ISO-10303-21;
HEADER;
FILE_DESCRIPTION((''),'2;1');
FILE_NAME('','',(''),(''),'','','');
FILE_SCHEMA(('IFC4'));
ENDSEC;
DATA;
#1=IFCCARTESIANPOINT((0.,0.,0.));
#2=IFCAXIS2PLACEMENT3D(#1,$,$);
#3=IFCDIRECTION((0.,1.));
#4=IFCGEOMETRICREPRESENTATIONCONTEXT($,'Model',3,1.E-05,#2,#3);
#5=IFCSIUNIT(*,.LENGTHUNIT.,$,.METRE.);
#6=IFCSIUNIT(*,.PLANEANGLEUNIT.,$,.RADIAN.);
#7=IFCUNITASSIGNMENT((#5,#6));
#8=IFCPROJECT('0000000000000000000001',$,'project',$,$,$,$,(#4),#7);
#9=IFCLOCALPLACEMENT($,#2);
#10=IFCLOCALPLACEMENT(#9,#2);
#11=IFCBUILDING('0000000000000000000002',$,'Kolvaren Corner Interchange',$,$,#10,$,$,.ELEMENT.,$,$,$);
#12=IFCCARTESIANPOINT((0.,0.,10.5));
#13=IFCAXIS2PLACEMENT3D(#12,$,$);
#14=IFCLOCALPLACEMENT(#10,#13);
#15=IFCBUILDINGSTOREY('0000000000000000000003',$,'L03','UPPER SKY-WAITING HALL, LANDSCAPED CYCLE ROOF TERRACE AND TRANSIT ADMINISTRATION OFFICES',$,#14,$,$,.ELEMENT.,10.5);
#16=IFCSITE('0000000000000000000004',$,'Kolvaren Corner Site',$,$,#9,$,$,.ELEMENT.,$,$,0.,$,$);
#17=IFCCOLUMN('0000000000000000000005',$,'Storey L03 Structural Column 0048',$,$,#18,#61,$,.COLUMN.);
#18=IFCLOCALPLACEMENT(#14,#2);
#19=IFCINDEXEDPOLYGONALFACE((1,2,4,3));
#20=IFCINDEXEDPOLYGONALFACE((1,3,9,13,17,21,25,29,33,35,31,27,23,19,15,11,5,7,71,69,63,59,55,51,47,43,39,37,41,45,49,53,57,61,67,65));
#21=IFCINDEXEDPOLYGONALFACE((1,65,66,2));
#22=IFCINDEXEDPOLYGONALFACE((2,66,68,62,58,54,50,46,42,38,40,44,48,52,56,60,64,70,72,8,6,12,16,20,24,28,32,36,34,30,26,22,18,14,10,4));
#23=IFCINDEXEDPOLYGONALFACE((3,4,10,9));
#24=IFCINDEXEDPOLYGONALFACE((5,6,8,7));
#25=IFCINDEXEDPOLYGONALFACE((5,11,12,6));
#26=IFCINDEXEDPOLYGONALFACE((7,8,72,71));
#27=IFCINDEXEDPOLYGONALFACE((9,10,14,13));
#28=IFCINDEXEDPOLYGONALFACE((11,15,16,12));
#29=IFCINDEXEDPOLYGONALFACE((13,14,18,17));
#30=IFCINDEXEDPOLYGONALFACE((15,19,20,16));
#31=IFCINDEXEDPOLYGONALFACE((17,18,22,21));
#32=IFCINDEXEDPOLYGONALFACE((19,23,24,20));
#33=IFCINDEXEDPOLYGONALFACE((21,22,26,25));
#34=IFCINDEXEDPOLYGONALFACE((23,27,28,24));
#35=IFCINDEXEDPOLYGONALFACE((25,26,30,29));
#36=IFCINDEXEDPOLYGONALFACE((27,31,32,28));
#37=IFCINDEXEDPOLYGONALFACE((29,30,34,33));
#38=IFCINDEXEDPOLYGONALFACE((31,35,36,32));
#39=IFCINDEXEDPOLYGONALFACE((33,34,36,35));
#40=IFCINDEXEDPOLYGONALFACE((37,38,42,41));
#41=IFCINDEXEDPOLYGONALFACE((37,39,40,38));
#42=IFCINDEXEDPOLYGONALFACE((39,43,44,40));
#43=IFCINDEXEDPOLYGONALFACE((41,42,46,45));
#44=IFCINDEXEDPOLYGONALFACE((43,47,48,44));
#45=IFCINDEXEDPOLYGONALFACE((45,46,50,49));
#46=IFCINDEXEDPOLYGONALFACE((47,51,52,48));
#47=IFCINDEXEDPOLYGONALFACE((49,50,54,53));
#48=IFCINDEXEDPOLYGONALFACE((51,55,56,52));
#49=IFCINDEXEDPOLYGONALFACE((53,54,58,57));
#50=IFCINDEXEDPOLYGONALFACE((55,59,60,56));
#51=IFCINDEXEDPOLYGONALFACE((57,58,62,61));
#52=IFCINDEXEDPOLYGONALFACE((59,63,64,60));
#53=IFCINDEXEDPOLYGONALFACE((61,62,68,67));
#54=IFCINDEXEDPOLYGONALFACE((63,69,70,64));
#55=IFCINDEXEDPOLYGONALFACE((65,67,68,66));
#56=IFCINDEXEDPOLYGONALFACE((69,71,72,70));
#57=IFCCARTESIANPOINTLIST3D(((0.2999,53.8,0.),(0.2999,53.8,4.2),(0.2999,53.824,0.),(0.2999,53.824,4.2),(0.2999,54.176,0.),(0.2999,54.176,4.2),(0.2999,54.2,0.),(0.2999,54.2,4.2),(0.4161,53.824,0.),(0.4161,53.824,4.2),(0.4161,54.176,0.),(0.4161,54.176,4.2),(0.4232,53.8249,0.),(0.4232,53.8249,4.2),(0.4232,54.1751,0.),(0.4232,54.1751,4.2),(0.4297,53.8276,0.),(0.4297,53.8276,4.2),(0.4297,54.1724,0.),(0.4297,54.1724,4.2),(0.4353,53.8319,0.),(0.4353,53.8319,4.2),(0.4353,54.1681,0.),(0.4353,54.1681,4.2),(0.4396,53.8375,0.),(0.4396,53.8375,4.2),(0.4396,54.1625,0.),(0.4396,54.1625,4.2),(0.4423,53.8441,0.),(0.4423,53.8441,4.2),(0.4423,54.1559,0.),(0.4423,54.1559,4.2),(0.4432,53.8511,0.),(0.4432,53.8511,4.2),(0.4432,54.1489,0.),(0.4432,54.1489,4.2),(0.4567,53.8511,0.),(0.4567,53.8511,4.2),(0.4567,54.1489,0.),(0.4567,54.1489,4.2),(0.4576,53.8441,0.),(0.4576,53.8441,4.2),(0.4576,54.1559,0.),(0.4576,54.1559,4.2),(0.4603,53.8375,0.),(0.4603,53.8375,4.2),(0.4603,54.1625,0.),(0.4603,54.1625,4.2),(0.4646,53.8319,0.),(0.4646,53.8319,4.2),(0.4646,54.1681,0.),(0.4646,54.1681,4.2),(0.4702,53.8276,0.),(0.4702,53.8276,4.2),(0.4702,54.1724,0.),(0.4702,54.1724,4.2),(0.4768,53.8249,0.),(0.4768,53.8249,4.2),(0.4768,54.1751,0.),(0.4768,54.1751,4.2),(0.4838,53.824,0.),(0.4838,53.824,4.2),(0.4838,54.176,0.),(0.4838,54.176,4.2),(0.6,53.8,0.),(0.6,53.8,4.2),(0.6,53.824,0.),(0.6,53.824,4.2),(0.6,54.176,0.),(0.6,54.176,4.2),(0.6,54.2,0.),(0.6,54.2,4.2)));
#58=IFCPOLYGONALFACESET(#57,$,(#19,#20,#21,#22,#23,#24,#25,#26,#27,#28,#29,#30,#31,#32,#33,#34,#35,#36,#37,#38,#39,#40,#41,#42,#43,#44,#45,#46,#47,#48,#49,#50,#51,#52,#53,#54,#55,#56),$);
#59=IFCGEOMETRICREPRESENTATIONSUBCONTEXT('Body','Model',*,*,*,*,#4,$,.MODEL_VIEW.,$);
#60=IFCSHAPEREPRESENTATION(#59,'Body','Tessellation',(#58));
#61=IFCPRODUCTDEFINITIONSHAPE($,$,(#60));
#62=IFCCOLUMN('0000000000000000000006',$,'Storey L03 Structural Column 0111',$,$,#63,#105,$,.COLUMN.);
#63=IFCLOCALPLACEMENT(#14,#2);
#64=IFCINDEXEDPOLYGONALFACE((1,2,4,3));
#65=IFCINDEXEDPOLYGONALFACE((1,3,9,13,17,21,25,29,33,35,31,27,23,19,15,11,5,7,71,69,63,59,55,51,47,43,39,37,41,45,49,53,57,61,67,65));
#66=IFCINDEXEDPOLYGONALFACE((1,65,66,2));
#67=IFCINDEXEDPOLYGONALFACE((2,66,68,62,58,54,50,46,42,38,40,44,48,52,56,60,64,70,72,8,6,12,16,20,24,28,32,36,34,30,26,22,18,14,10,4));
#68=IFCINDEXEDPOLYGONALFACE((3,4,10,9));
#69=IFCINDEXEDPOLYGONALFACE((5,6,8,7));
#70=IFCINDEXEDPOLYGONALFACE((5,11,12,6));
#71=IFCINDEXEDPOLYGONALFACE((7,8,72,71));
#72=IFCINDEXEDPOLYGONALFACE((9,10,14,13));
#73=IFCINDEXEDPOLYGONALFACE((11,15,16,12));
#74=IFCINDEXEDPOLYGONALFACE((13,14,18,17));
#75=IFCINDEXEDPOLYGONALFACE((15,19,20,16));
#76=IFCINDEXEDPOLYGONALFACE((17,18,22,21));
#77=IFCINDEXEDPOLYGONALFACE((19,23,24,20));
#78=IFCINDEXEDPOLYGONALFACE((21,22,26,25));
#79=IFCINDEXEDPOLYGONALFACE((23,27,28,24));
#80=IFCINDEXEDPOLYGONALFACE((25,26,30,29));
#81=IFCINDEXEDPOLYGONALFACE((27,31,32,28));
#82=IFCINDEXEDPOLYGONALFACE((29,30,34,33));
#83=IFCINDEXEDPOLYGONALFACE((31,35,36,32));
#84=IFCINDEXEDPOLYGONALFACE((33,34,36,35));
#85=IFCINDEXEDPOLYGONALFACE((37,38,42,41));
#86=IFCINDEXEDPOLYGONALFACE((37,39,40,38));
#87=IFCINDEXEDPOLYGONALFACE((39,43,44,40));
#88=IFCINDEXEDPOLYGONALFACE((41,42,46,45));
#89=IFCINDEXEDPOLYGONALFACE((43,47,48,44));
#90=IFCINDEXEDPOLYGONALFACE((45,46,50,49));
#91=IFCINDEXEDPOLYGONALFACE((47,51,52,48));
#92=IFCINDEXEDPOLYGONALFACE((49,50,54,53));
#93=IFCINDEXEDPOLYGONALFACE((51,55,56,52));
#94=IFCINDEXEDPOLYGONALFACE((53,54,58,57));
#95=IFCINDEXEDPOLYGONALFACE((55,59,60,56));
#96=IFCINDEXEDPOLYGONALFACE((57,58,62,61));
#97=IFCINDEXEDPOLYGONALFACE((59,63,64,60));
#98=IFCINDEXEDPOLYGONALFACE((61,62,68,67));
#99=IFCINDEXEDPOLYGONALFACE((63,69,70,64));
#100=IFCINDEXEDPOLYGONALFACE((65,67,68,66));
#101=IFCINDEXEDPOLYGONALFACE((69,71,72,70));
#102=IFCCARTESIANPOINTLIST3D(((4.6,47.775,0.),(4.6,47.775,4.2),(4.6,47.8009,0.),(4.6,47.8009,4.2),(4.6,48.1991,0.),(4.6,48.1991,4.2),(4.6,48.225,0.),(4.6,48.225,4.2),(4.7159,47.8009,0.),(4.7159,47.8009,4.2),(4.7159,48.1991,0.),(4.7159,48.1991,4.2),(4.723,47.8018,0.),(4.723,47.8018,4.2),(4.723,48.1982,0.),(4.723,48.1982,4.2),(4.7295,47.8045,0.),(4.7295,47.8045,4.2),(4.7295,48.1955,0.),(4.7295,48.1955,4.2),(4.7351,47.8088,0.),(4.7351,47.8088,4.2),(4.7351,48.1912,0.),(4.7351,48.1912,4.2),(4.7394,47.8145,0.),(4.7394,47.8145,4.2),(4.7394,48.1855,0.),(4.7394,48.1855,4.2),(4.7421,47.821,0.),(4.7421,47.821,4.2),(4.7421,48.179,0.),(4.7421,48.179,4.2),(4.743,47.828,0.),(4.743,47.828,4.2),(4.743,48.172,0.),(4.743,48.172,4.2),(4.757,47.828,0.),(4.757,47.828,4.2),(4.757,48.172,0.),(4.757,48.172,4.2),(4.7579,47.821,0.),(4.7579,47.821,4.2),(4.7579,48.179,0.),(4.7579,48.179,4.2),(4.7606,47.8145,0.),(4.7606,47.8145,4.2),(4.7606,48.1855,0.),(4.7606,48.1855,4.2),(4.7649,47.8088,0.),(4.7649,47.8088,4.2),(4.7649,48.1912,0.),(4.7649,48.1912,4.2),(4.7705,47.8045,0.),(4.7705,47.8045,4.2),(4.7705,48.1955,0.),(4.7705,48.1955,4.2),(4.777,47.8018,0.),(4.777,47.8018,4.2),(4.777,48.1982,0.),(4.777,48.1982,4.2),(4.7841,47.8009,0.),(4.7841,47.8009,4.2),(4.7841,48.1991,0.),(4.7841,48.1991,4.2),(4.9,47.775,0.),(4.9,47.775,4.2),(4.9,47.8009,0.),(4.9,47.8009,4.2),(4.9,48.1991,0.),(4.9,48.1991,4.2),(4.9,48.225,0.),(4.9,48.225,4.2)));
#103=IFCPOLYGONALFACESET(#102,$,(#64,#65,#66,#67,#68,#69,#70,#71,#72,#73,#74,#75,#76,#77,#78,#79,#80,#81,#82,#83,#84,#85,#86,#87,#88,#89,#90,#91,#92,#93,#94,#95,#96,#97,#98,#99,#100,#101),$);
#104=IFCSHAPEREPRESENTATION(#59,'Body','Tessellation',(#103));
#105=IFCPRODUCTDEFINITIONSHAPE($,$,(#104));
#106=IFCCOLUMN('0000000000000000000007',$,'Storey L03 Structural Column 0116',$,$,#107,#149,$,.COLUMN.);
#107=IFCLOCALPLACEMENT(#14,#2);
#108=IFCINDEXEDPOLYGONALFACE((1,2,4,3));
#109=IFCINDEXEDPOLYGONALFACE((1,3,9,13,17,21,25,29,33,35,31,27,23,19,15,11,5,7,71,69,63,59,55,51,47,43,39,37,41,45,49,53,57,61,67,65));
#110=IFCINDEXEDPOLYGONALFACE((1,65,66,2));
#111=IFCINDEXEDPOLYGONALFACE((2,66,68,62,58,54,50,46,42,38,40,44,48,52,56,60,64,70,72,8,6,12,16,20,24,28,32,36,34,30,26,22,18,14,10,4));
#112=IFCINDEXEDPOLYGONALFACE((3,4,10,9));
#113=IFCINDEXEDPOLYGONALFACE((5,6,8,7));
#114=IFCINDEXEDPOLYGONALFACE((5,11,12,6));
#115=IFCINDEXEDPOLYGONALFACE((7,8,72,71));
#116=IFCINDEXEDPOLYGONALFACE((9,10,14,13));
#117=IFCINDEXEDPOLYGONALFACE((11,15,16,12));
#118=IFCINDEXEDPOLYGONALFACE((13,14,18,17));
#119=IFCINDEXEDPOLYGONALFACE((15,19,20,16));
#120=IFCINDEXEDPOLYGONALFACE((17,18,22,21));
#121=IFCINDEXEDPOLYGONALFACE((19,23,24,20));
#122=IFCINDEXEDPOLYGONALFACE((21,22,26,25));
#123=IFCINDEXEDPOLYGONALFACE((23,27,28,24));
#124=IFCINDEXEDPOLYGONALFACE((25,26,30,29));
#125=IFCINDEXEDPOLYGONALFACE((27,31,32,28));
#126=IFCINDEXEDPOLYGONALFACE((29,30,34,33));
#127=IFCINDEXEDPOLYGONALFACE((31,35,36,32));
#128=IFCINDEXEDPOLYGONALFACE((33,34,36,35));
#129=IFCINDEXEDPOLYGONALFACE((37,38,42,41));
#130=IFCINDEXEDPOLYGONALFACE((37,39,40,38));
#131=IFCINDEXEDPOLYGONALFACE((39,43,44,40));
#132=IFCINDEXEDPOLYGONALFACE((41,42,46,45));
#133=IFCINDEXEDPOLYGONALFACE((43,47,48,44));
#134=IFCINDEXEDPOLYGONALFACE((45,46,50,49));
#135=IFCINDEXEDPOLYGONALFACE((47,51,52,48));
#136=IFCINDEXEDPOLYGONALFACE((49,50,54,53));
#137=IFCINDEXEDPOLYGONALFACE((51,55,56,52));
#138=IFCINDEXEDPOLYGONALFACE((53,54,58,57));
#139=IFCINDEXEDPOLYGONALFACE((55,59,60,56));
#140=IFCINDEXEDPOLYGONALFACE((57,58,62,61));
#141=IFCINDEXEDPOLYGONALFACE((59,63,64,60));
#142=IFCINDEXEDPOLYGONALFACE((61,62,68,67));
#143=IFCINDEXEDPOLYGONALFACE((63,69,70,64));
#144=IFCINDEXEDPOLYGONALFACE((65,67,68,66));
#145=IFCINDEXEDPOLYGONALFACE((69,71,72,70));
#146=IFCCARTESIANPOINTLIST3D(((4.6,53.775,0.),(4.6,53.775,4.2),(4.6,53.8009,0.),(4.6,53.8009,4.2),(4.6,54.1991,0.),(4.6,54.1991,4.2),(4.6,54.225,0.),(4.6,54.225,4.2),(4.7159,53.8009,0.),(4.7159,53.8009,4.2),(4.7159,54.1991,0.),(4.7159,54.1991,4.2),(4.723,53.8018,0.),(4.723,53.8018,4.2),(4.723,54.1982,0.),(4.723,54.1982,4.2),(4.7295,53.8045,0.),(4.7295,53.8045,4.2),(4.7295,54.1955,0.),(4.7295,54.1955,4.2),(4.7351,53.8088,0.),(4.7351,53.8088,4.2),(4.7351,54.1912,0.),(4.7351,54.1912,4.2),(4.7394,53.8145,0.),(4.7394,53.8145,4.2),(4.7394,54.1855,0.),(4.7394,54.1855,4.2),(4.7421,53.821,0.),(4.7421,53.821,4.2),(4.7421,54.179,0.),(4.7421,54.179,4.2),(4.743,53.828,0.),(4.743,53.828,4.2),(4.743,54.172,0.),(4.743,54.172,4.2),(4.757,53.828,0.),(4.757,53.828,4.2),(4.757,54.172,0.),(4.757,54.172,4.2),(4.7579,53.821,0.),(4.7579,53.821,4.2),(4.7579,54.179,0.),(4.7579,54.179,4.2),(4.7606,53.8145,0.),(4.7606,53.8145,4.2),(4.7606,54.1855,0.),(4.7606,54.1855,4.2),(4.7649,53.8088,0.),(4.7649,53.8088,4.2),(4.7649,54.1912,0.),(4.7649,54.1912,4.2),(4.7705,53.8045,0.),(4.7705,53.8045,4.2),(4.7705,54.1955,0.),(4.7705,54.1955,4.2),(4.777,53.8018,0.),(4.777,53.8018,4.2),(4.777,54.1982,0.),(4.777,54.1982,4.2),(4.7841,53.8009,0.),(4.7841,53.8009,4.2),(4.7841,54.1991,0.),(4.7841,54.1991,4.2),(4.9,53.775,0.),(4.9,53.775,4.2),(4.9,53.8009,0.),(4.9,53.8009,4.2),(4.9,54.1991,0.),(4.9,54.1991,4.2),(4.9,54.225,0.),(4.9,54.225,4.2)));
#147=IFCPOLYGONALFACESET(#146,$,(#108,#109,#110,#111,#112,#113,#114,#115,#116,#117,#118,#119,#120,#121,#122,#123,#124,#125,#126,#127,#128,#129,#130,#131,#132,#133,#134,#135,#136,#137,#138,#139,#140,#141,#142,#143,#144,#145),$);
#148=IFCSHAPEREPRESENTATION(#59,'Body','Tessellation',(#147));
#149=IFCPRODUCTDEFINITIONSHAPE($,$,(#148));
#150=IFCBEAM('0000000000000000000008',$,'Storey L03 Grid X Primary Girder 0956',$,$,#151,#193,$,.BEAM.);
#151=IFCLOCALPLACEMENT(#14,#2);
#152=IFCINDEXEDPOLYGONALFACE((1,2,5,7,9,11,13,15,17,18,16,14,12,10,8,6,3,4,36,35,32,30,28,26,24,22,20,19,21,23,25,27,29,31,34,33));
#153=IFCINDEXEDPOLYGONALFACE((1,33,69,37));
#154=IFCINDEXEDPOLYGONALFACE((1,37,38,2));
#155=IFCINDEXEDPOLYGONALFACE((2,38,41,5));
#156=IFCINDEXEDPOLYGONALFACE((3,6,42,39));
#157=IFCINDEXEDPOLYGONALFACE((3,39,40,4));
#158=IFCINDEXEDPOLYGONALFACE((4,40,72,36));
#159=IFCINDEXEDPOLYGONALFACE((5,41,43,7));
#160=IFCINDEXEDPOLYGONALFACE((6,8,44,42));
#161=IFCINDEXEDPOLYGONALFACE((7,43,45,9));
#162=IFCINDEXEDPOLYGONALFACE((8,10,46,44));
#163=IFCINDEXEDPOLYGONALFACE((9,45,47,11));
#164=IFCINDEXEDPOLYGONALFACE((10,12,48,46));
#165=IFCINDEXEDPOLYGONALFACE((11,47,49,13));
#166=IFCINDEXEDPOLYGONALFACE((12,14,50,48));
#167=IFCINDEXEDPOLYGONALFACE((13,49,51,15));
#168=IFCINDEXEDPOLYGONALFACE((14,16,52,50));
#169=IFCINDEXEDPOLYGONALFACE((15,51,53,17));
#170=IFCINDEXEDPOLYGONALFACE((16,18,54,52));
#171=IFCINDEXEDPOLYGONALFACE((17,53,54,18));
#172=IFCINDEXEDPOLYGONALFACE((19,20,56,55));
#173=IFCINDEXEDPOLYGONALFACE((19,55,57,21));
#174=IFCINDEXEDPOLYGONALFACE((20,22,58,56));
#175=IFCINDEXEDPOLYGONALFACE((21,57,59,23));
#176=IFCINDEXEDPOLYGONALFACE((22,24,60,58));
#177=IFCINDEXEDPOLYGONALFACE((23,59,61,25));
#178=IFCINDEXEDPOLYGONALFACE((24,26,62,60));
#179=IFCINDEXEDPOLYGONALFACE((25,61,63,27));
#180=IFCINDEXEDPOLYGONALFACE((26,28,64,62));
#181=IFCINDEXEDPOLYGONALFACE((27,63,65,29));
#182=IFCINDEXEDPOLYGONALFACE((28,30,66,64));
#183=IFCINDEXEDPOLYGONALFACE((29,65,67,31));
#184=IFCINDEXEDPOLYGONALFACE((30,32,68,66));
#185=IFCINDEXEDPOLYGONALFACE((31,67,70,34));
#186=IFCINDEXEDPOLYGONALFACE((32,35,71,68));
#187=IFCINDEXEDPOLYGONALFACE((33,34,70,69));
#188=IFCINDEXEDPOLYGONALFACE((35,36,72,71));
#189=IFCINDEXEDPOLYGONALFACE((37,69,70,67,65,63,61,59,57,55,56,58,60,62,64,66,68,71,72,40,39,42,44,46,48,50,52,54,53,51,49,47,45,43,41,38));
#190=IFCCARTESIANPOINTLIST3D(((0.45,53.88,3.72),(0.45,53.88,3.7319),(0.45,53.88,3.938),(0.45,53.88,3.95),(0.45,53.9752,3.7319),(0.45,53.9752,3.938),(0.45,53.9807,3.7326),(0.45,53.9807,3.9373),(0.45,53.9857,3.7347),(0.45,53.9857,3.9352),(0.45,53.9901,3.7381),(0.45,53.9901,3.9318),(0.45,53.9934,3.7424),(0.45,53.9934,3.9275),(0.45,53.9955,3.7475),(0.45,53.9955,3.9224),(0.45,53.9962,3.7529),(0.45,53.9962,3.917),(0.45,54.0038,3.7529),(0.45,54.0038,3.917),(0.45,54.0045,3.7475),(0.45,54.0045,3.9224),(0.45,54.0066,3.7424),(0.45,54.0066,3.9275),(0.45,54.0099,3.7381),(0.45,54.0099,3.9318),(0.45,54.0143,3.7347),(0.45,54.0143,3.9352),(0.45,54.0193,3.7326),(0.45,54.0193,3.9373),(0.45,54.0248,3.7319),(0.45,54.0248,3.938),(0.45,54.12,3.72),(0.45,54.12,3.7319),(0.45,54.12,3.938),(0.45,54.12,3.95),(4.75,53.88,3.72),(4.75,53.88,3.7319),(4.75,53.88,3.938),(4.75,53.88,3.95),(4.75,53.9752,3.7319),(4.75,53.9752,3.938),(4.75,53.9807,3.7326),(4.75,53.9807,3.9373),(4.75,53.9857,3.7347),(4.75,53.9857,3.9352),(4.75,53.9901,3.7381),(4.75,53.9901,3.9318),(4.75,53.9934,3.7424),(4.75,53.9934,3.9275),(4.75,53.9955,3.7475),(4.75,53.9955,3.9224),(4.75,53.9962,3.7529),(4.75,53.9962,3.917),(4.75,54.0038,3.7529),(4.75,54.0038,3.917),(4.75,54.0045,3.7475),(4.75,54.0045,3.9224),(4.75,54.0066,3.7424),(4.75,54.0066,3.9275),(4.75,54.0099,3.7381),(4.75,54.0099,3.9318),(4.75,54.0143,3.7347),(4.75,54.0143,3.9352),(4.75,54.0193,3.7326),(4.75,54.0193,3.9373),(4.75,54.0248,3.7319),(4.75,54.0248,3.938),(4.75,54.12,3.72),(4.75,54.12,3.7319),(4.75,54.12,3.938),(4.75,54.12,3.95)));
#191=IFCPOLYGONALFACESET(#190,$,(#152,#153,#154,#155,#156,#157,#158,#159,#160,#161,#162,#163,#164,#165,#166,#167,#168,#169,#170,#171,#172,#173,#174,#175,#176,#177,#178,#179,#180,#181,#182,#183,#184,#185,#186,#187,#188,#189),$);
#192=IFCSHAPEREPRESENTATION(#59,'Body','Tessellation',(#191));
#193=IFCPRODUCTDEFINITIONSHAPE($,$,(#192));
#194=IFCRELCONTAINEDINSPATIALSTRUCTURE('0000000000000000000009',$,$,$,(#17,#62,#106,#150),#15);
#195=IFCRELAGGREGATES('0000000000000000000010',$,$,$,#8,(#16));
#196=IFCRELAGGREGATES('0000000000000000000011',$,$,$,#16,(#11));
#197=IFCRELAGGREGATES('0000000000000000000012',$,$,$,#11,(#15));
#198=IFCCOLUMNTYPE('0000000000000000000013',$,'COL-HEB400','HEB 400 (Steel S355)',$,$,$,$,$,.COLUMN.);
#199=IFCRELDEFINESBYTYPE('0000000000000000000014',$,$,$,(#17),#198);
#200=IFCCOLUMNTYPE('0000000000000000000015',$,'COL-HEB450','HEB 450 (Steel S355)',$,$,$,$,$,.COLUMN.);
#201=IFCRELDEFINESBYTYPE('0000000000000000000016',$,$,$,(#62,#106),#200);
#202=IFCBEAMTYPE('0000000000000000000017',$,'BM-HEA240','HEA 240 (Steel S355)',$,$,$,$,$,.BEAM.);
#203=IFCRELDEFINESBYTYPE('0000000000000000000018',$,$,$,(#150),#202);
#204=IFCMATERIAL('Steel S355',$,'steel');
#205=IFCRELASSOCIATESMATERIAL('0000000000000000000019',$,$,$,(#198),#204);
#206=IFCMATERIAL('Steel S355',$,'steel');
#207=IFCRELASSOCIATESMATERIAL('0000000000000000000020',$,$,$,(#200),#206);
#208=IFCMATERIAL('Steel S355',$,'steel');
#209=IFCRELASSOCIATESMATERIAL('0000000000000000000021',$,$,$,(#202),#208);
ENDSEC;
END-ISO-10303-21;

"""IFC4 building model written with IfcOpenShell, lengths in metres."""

from ifc_helpers import new_model, si_unit, direction, frame, origin, origin_2d, place, context, subcontext, project, spatial, i_section, extrude, material, material_profile, profile_set, type_object, element, save


model = new_model("IFC4")

# Units and contexts
model_context = context("Model", 3, precision=1e-05, world=origin(), true_north=direction((0.0, 1.0)))
body_context = subcontext(model_context, "Body", "Model", "MODEL_VIEW")
ifc_project = project(units=[si_unit("LENGTHUNIT", "METRE"), si_unit("PLANEANGLEUNIT", "RADIAN")], contexts=[model_context])

# Site, building, storey
site_placement = place(None, origin())
site = spatial("IfcSite", under=ifc_project, at=site_placement, Name="Kolvaren Corner Site", CompositionType="ELEMENT", RefElevation=0.0)
building_placement = place(site_placement, origin())
building = spatial("IfcBuilding", under=site, at=building_placement, Name="Kolvaren Corner Interchange", CompositionType="ELEMENT")
storey_placement = place(building_placement, frame((0.0, 0.0, 10.5)))
storey = spatial("IfcBuildingStorey", under=building, at=storey_placement, Name="L03", Description="UPPER SKY-WAITING HALL, LANDSCAPED CYCLE ROOF TERRACE AND TRANSIT ADMINISTRATION OFFICES", CompositionType="ELEMENT", Elevation=10.5)

# Columns
ifc_material_1 = material(Name="Steel S355", Category="steel")
ifc_material_profile_1 = material_profile(ifc_material_1, i_section(OverallWidth=0.3, OverallDepth=0.3999, WebThickness=0.0134, FlangeThickness=0.0239, FilletRadius=0.0271, at=origin_2d()), Name="HEB 400")
ifc_profile_set_1 = profile_set([ifc_material_profile_1], Name="Steel S355")
column_type_1 = type_object("IfcColumnType", Name="COL-HEB400", Description="HEB 400 (Steel S355)", PredefinedType="COLUMN", material=ifc_profile_set_1)
column_placement = place(storey_placement, frame((0.45, 54.0, 0.0), z_axis=(0.0, 0.0, 1.0), x_axis=(1.0, 0.0, 0.0)))
element("IfcColumn", 1, at=column_placement, inside=storey, type_object=column_type_1, Name="Storey L03 Structural Column 0048", PredefinedType="COLUMN", context=body_context, shape_type="SweptSolid", body=[
    extrude(i_section(OverallWidth=0.3, OverallDepth=0.3999, WebThickness=0.0134, FlangeThickness=0.0239, FilletRadius=0.0271, at=origin_2d()), origin(), (0.0, 0.0, 1.0), 4.2),
])
ifc_material_2 = material(Name="Steel S355", Category="steel")
ifc_material_profile_2 = material_profile(ifc_material_2, i_section(OverallWidth=0.3, OverallDepth=0.45, WebThickness=0.0139, FlangeThickness=0.0259, FilletRadius=0.0271, at=origin_2d()), Name="HEB 450")
ifc_profile_set_2 = profile_set([ifc_material_profile_2], Name="Steel S355")
column_type_2 = type_object("IfcColumnType", Name="COL-HEB450", Description="HEB 450 (Steel S355)", PredefinedType="COLUMN", material=ifc_profile_set_2)
for number, where, z_axis, x_axis, name in (
    (2, (4.75, 48.0, 0.0), (0.0, 0.0, 1.0), (1.0, 0.0, 0.0), "Storey L03 Structural Column 0111"),
    (3, (4.75, 54.0, 0.0), (0.0, 0.0, 1.0), (1.0, 0.0, 0.0), "Storey L03 Structural Column 0116"),
):
    element("IfcColumn", number, at=place(storey_placement, frame(where, z_axis=z_axis, x_axis=x_axis)), inside=storey, type_object=column_type_2, Name=name, PredefinedType="COLUMN", context=body_context, shape_type="SweptSolid", body=[
        extrude(i_section(OverallWidth=0.3, OverallDepth=0.45, WebThickness=0.0139, FlangeThickness=0.0259, FilletRadius=0.0271, at=origin_2d()), origin(), (0.0, 0.0, 1.0), 4.2),
    ])

# Beam
ifc_material_3 = material(Name="Steel S355", Category="steel")
ifc_material_profile_3 = material_profile(ifc_material_3, i_section(OverallWidth=0.24, OverallDepth=0.23, WebThickness=0.0076, FlangeThickness=0.012, FilletRadius=0.021, at=origin_2d()), Name="HEA 240")
ifc_profile_set_3 = profile_set([ifc_material_profile_3], Name="Steel S355")
beam_type_1 = type_object("IfcBeamType", Name="BM-HEA240", Description="HEA 240 (Steel S355)", PredefinedType="BEAM", material=ifc_profile_set_3)
beam_placement = place(storey_placement, frame((0.45, 54.0, 3.835), z_axis=(1.0, 0.0, 0.0), x_axis=(0.0, 1.0, 0.0)))
element("IfcBeam", 4, at=beam_placement, inside=storey, type_object=beam_type_1, Name="Storey L03 Grid X Primary Girder 0956", PredefinedType="BEAM", context=body_context, shape_type="SweptSolid", body=[
    extrude(i_section(OverallWidth=0.24, OverallDepth=0.23, WebThickness=0.0076, FlangeThickness=0.012, FilletRadius=0.021, at=origin_2d()), origin(), (0.0, 0.0, 1.0), 4.3),
])

save(model, "model.ifc")
